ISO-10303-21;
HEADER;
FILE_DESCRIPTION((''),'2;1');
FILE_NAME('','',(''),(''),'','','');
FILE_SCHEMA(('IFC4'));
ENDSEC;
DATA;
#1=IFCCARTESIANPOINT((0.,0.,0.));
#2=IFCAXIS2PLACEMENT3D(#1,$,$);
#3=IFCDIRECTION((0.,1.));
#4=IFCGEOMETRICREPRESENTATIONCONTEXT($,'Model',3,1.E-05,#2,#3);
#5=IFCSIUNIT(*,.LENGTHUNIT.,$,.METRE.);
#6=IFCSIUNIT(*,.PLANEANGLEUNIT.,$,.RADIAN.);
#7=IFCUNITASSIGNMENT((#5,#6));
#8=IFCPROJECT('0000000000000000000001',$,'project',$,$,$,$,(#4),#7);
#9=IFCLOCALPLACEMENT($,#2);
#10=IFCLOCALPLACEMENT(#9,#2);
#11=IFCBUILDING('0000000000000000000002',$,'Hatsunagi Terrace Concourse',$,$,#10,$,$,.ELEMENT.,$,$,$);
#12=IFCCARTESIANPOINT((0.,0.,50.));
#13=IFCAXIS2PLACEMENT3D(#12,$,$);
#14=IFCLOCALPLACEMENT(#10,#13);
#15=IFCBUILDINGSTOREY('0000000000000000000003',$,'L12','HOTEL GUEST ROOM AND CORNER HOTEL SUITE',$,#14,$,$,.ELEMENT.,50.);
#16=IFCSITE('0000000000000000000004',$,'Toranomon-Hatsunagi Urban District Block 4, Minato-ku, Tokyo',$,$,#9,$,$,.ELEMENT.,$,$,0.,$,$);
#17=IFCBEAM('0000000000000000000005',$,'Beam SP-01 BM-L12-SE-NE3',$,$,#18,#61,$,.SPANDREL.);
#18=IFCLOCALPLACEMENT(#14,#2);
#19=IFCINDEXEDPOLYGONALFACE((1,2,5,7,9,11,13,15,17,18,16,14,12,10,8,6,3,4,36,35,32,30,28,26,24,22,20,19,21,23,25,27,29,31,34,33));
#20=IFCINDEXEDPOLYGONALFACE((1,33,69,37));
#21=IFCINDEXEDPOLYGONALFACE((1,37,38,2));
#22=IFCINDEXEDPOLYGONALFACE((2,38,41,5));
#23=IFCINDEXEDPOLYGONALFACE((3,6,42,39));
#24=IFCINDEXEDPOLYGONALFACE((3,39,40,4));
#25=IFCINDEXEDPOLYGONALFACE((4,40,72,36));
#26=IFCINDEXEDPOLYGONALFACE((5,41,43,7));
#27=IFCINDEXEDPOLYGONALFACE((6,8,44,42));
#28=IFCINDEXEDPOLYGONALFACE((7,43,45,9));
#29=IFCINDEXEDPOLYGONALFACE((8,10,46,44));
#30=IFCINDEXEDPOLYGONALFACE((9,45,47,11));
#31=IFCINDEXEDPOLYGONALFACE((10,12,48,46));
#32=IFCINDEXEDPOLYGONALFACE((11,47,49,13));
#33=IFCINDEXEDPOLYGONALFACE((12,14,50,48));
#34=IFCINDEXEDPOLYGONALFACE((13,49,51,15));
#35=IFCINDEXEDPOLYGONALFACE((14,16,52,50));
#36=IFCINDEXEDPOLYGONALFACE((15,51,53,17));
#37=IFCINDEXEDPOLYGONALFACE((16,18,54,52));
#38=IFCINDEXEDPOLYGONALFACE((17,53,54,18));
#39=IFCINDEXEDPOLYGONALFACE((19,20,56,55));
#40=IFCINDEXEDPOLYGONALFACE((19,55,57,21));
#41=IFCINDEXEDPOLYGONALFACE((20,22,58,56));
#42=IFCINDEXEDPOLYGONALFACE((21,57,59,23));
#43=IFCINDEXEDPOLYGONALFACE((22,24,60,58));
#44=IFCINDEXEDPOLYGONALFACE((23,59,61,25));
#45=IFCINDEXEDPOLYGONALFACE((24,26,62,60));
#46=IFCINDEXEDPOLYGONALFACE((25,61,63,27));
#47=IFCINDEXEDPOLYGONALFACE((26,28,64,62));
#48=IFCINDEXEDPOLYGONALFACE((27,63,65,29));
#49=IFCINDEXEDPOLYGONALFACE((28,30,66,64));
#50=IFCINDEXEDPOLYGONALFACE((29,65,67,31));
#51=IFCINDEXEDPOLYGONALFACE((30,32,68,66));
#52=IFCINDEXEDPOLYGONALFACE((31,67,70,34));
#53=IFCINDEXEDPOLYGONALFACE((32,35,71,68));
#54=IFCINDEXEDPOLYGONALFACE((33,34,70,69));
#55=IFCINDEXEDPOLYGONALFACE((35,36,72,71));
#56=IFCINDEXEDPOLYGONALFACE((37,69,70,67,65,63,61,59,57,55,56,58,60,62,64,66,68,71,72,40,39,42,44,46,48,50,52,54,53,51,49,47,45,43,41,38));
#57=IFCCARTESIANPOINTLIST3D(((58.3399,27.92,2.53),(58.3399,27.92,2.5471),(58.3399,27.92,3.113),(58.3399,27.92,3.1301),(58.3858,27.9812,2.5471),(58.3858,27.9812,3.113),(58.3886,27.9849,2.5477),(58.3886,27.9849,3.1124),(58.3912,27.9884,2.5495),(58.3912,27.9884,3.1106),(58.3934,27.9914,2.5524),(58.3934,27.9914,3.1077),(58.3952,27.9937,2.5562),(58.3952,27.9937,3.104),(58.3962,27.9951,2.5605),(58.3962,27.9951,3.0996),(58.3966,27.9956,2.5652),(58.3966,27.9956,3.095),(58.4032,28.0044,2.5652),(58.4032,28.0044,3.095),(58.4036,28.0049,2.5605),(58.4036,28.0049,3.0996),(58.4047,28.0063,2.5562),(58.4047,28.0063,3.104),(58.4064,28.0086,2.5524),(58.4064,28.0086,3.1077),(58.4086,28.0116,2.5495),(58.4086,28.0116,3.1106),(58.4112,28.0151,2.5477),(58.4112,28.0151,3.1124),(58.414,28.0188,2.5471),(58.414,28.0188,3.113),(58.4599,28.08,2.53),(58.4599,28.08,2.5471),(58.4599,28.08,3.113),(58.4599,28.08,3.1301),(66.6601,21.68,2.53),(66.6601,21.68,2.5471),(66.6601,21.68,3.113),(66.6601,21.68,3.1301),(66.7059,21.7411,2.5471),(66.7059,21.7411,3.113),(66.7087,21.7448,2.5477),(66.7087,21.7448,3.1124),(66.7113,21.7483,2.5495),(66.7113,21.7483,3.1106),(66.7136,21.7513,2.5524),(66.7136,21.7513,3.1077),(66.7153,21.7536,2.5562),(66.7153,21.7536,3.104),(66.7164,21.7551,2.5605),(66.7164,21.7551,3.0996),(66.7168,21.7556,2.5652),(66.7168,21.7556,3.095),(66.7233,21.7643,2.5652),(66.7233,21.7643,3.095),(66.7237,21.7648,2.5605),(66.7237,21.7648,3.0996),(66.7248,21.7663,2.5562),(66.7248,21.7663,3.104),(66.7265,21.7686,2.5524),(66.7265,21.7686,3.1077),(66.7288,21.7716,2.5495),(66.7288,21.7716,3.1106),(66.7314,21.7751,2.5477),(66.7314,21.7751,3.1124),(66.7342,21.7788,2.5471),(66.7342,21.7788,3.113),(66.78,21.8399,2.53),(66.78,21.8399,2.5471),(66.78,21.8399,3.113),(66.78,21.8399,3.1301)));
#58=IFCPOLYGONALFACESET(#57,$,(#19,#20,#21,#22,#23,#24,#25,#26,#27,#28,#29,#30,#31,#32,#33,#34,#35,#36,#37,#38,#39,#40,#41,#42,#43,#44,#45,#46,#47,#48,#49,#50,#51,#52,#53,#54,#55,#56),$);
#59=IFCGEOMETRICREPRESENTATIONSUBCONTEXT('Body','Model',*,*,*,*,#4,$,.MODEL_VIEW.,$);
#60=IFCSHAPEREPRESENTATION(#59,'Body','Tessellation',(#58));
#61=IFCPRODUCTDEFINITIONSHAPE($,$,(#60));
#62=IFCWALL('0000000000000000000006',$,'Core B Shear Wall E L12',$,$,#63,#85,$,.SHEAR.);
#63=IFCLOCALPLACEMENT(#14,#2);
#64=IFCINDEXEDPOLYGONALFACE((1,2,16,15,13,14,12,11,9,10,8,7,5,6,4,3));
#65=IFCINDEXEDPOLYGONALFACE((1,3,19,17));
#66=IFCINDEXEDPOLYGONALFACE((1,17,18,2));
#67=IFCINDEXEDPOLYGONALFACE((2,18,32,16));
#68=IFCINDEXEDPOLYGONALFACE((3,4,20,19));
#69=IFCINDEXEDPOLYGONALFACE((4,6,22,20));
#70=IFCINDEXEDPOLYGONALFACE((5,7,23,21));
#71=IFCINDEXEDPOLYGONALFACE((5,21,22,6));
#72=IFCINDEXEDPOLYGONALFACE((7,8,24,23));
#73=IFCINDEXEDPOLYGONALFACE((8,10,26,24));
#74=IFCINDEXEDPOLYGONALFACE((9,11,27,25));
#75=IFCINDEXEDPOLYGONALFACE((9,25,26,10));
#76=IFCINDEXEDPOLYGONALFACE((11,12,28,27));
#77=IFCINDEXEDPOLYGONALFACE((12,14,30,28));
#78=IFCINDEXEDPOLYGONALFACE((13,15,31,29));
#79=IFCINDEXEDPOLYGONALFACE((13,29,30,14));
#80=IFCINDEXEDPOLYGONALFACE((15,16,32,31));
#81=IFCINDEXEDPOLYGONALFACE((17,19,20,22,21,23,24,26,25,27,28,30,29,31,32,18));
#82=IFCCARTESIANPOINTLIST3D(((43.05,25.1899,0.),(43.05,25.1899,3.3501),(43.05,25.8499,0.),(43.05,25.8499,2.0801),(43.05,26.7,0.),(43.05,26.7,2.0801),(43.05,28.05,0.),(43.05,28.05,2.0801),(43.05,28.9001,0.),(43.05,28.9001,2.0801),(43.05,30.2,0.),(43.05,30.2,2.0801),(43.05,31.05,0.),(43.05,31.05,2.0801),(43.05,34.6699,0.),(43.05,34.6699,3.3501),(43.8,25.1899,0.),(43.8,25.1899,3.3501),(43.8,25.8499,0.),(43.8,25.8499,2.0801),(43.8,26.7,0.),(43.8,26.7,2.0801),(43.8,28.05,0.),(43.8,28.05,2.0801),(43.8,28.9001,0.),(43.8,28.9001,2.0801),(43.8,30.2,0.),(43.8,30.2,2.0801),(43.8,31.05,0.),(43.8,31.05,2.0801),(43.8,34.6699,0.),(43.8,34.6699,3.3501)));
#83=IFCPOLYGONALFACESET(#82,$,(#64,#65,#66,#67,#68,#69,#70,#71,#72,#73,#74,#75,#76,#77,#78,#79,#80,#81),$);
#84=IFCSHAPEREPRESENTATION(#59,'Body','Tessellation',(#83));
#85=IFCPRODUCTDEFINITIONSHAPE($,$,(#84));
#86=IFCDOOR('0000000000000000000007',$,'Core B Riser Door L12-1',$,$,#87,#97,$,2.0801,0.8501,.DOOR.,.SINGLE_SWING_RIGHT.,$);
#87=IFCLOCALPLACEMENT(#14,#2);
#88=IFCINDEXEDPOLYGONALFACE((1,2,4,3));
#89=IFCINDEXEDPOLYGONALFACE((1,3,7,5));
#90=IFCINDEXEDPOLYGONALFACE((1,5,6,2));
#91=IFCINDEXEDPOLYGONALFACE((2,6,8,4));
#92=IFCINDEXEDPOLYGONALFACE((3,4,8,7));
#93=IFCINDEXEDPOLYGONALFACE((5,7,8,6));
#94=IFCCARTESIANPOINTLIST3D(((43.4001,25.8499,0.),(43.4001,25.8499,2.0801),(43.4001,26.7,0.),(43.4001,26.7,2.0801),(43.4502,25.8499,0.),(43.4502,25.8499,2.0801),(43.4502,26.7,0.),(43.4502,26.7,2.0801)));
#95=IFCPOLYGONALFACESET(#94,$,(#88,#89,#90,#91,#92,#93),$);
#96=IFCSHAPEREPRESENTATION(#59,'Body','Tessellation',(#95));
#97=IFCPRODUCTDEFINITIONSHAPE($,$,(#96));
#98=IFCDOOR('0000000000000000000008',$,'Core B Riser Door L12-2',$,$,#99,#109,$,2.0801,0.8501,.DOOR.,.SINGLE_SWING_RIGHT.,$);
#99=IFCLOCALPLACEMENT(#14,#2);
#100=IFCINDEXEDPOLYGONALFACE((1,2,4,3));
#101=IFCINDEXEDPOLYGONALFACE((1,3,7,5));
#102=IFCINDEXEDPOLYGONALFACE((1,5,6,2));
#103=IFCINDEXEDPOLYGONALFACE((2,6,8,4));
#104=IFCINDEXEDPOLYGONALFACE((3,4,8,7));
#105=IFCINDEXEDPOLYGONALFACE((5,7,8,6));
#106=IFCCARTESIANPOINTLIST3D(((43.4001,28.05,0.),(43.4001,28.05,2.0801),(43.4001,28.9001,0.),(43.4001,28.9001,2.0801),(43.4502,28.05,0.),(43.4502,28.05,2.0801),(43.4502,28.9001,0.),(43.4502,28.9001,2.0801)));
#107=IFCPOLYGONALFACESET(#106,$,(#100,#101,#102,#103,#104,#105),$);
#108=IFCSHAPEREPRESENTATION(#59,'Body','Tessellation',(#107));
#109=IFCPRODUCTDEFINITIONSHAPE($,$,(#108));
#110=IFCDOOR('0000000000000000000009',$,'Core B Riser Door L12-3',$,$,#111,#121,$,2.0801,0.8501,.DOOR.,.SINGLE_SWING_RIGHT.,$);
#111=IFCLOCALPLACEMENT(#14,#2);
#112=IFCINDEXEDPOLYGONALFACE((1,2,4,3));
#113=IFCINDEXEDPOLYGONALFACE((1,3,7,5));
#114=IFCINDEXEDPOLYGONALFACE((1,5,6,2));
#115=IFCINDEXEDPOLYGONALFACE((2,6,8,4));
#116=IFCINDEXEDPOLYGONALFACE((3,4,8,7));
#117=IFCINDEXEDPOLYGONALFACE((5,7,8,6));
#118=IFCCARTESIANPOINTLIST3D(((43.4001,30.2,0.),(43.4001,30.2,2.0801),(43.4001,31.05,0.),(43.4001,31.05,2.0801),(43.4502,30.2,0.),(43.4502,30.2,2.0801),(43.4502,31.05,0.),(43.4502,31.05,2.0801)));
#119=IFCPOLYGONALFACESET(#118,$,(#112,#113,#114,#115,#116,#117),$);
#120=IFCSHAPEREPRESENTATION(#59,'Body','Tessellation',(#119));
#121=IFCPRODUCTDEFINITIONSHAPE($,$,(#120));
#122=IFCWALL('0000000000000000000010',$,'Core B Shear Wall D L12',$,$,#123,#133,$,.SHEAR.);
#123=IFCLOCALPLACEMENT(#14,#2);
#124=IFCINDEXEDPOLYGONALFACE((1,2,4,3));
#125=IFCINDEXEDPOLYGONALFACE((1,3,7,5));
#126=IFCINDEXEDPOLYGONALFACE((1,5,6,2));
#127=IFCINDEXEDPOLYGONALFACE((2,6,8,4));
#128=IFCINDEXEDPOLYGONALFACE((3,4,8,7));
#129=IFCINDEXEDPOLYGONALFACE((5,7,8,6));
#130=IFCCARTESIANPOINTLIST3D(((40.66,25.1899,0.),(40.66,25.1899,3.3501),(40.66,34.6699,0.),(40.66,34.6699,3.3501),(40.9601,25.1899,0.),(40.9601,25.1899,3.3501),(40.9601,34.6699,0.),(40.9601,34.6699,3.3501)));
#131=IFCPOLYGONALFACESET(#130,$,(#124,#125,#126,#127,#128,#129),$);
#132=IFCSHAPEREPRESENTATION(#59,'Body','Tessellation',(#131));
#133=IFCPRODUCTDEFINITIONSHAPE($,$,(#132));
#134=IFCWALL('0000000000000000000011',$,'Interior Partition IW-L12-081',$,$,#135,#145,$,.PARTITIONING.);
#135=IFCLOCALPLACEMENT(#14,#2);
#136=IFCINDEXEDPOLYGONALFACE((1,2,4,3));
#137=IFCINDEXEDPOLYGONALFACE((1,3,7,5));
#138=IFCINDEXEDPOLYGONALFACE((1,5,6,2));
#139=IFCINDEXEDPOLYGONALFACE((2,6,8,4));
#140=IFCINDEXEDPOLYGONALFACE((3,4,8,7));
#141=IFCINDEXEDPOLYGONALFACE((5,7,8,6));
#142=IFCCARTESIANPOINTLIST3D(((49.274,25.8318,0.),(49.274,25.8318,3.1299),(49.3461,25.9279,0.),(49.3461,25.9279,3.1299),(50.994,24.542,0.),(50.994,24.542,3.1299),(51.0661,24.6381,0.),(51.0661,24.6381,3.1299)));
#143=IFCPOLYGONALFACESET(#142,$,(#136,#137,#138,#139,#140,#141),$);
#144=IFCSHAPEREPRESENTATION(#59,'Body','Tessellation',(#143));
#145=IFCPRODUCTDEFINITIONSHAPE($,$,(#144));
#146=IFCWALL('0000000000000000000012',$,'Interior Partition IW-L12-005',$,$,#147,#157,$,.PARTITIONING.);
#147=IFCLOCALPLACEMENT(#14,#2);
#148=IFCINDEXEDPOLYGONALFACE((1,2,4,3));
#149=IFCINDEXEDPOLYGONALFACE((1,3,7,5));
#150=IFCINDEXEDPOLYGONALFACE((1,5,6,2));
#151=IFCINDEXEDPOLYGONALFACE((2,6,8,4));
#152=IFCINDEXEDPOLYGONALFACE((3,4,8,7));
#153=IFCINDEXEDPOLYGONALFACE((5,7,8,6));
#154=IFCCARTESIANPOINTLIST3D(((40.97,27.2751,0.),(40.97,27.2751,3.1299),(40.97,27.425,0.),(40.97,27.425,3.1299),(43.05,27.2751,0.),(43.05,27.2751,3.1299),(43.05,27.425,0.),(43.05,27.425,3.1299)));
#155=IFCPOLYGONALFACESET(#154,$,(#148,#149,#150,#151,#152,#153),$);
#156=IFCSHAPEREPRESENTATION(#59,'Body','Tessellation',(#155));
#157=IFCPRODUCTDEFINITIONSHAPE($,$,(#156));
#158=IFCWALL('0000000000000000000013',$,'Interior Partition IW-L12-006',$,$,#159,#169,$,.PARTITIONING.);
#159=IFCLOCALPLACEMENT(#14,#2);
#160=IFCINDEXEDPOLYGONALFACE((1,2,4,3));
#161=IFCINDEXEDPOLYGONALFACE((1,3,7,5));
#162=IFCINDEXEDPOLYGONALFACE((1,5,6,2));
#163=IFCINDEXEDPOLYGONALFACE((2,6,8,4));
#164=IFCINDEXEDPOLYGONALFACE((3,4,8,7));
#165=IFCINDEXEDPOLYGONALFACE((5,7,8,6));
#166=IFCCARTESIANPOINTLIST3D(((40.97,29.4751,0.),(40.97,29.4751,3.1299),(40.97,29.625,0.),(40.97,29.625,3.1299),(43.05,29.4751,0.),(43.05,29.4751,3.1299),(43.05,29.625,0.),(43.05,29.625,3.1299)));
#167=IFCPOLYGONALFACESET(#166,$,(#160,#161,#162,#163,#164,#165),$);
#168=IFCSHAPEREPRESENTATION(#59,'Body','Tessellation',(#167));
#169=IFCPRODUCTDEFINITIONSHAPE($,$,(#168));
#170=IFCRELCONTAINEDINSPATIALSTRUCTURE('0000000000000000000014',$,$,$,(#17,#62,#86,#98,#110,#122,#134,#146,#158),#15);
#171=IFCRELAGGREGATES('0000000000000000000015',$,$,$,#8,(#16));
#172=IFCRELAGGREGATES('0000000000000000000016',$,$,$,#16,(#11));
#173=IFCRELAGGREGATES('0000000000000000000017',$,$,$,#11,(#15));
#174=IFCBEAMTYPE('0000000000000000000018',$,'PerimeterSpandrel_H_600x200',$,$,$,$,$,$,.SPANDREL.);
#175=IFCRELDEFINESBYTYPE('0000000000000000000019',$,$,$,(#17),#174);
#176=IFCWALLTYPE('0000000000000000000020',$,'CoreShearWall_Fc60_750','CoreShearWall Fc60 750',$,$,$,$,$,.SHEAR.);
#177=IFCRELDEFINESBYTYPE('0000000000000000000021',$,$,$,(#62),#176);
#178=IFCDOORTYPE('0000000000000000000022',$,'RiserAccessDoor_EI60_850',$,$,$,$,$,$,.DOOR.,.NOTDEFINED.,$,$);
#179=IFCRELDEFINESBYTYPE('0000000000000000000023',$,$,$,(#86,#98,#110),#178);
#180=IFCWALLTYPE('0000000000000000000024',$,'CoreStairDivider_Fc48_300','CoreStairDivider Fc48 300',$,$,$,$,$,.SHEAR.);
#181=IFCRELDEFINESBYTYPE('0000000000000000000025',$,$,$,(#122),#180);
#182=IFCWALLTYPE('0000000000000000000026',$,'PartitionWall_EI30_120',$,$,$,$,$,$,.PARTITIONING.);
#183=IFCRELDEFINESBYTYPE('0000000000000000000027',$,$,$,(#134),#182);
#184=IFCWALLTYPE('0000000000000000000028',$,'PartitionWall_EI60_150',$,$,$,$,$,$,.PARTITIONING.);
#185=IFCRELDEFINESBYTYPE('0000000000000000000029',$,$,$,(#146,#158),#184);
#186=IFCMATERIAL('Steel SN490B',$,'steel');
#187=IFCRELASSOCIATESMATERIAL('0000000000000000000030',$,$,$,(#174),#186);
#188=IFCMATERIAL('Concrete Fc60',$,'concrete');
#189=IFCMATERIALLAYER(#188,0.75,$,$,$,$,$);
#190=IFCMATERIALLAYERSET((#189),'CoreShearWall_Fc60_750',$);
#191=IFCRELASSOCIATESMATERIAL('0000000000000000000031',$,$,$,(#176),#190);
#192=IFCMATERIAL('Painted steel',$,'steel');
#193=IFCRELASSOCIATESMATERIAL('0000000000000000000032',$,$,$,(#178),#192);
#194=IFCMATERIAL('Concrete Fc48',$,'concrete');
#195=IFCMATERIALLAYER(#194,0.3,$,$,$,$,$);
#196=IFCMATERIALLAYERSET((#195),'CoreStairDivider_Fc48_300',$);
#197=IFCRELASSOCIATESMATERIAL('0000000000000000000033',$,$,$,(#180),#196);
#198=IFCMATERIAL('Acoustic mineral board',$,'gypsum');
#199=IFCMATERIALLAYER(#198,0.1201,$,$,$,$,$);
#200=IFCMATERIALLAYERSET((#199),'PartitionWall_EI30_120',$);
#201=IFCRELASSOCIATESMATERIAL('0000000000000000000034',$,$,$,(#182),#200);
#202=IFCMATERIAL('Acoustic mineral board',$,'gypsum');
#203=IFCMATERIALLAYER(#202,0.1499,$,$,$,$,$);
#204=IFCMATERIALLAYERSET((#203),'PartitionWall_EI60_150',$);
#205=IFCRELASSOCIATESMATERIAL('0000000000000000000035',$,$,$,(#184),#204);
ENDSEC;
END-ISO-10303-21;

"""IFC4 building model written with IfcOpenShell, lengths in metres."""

from ifc_helpers import new_model, si_unit, direction, frame, frame_2d, origin, origin_2d, place, context, subcontext, project, spatial, rectangle, i_section, extrude, material, layer, layer_set, material_profile, profile_set, type_object, element, fill, save


model = new_model("IFC4")

# Units and contexts
model_context = context("Model", 3, precision=1e-05, world=origin(), true_north=direction((0.0, 1.0)))
body_context = subcontext(model_context, "Body", "Model", "MODEL_VIEW")
ifc_project = project(units=[si_unit("LENGTHUNIT", "METRE"), si_unit("PLANEANGLEUNIT", "RADIAN")], contexts=[model_context])

# Site, building, storey
site_placement = place(None, origin())
site = spatial("IfcSite", under=ifc_project, at=site_placement, Name="Toranomon-Hatsunagi Urban District Block 4, Minato-ku, Tokyo", CompositionType="ELEMENT", RefElevation=0.0)
building_placement = place(site_placement, origin())
building = spatial("IfcBuilding", under=site, at=building_placement, Name="Hatsunagi Terrace Concourse", CompositionType="ELEMENT")
storey_placement = place(building_placement, frame((0.0, 0.0, 50.0)))
storey = spatial("IfcBuildingStorey", under=building, at=storey_placement, Name="L12", Description="HOTEL GUEST ROOM AND CORNER HOTEL SUITE", CompositionType="ELEMENT", Elevation=50.0)

# Beam
ifc_material_1 = material(Name="Steel SN490B", Category="steel")
ifc_material_profile_1 = material_profile(ifc_material_1, i_section(OverallWidth=0.2, OverallDepth=0.6001, WebThickness=0.011, FlangeThickness=0.0171, FilletRadius=0.0181, at=origin_2d()), Name="H-600x200x11x17")
ifc_profile_set_1 = profile_set([ifc_material_profile_1], Name="Steel SN490B")
beam_type_1 = type_object("IfcBeamType", Name="PerimeterSpandrel_H_600x200", PredefinedType="SPANDREL", material=ifc_profile_set_1)
beam_1_placement = place(storey_placement, frame((58.3999, 28.0, 2.8301), z_axis=(0.800003, -0.599996, 0.0), x_axis=(0.599996, 0.800003, 0.0)))
element("IfcBeam", 1, at=beam_1_placement, inside=storey, type_object=beam_type_1, Name="Beam SP-01 BM-L12-SE-NE3", PredefinedType="SPANDREL", context=body_context, shape_type="SweptSolid", body=[
    extrude(i_section(OverallWidth=0.2, OverallDepth=0.6001, WebThickness=0.011, FlangeThickness=0.0171, FilletRadius=0.0181, at=origin_2d()), origin(), (0.0, 0.0, 1.0), 10.4001),
])

# Wall, openings, doors
ifc_material_2 = material(Name="Concrete Fc60", Category="concrete")
ifc_layer_1 = layer(ifc_material_2, 0.75)
ifc_layer_set_1 = layer_set([ifc_layer_1], Name="CoreShearWall_Fc60_750")
wall_type_1 = type_object("IfcWallType", Name="CoreShearWall_Fc60_750", Description="CoreShearWall Fc60 750", PredefinedType="SHEAR", material=ifc_layer_set_1)
wall_1_placement = place(storey_placement, frame((43.425, 25.1899, 0.0), z_axis=(0.0, 0.0, 1.0), x_axis=(0.0, 1.0, 0.0)))
wall_1 = element("IfcWall", 2, at=wall_1_placement, inside=storey, type_object=wall_type_1, Name="Core B Shear Wall E L12", PredefinedType="SHEAR", context=body_context, shape_type="SweptSolid", body=[
    extrude(rectangle(XDim=9.48, YDim=0.75, at=frame_2d((4.74, 0.0))), origin(), (0.0, 0.0, 1.0), 3.3501),
])
opening_1_placement = place(wall_1_placement, frame((0.6599, 0.0, 0.0)))
opening_1 = element("IfcOpeningElement", 3, at=opening_1_placement, cuts=wall_1, PredefinedType="OPENING", context=body_context, shape_type="SweptSolid", body=[
    extrude(rectangle(XDim=0.8501, YDim=2.0801, at=frame_2d((0.425, 1.04))), frame((0.0, 0.385, 0.0), z_axis=(0.0, -1.0, 0.0), x_axis=(1.0, 0.0, 0.0)), (0.0, 0.0, 1.0), 0.77),
])
opening_2_placement = place(wall_1_placement, frame((2.8601, 0.0, 0.0)))
opening_2 = element("IfcOpeningElement", 4, at=opening_2_placement, cuts=wall_1, PredefinedType="OPENING", context=body_context, shape_type="SweptSolid", body=[
    extrude(rectangle(XDim=0.8501, YDim=2.0801, at=frame_2d((0.425, 1.04))), frame((0.0, 0.385, 0.0), z_axis=(0.0, -1.0, 0.0), x_axis=(1.0, 0.0, 0.0)), (0.0, 0.0, 1.0), 0.77),
])
opening_3_placement = place(wall_1_placement, frame((5.01, 0.0, 0.0)))
opening_3 = element("IfcOpeningElement", 5, at=opening_3_placement, cuts=wall_1, PredefinedType="OPENING", context=body_context, shape_type="SweptSolid", body=[
    extrude(rectangle(XDim=0.8501, YDim=2.0801, at=frame_2d((0.425, 1.04))), frame((0.0, 0.385, 0.0), z_axis=(0.0, -1.0, 0.0), x_axis=(1.0, 0.0, 0.0)), (0.0, 0.0, 1.0), 0.77),
])
ifc_material_3 = material(Name="Painted steel", Category="steel")
door_type_1 = type_object("IfcDoorType", Name="RiserAccessDoor_EI60_850", OperationType="NOTDEFINED", PredefinedType="DOOR", material=ifc_material_3)
door_1_placement = place(opening_1_placement, origin())
door_1 = element("IfcDoor", 6, at=door_1_placement, inside=storey, type_object=door_type_1, Name="Core B Riser Door L12-1", OperationType="SINGLE_SWING_RIGHT", OverallHeight=2.0801, OverallWidth=0.8501, PredefinedType="DOOR", context=body_context, shape_type="SweptSolid", body=[
    extrude(rectangle(XDim=0.8501, YDim=2.0801, at=frame_2d((0.425, 1.04))), frame((0.0, 0.0249, 0.0), z_axis=(0.0, -1.0, 0.0), x_axis=(1.0, 0.0, 0.0)), (0.0, 0.0, 1.0), 0.05),
])
fill(opening_1, door_1)
door_2_placement = place(opening_2_placement, origin())
door_2 = element("IfcDoor", 7, at=door_2_placement, inside=storey, type_object=door_type_1, Name="Core B Riser Door L12-2", OperationType="SINGLE_SWING_RIGHT", OverallHeight=2.0801, OverallWidth=0.8501, PredefinedType="DOOR", context=body_context, shape_type="SweptSolid", body=[
    extrude(rectangle(XDim=0.8501, YDim=2.0801, at=frame_2d((0.425, 1.04))), frame((0.0, 0.0249, 0.0), z_axis=(0.0, -1.0, 0.0), x_axis=(1.0, 0.0, 0.0)), (0.0, 0.0, 1.0), 0.05),
])
fill(opening_2, door_2)
door_3_placement = place(opening_3_placement, origin())
door_3 = element("IfcDoor", 8, at=door_3_placement, inside=storey, type_object=door_type_1, Name="Core B Riser Door L12-3", OperationType="SINGLE_SWING_RIGHT", OverallHeight=2.0801, OverallWidth=0.8501, PredefinedType="DOOR", context=body_context, shape_type="SweptSolid", body=[
    extrude(rectangle(XDim=0.8501, YDim=2.0801, at=frame_2d((0.425, 1.04))), frame((0.0, 0.0249, 0.0), z_axis=(0.0, -1.0, 0.0), x_axis=(1.0, 0.0, 0.0)), (0.0, 0.0, 1.0), 0.05),
])
fill(opening_3, door_3)

# Walls
ifc_material_4 = material(Name="Concrete Fc48", Category="concrete")
ifc_layer_2 = layer(ifc_material_4, 0.3)
ifc_layer_set_2 = layer_set([ifc_layer_2], Name="CoreStairDivider_Fc48_300")
wall_type_2 = type_object("IfcWallType", Name="CoreStairDivider_Fc48_300", Description="CoreStairDivider Fc48 300", PredefinedType="SHEAR", material=ifc_layer_set_2)
wall_2_placement = place(storey_placement, frame((40.8101, 25.1899, 0.0), z_axis=(0.0, 0.0, 1.0), x_axis=(0.0, 1.0, 0.0)))
element("IfcWall", 9, at=wall_2_placement, inside=storey, type_object=wall_type_2, Name="Core B Shear Wall D L12", PredefinedType="SHEAR", context=body_context, shape_type="SweptSolid", body=[
    extrude(rectangle(XDim=9.48, YDim=0.3, at=frame_2d((4.74, 0.0))), origin(), (0.0, 0.0, 1.0), 3.3501),
])
ifc_material_5 = material(Name="Acoustic mineral board", Category="gypsum")
ifc_layer_3 = layer(ifc_material_5, 0.1201)
ifc_layer_set_3 = layer_set([ifc_layer_3], Name="PartitionWall_EI30_120")
wall_type_3 = type_object("IfcWallType", Name="PartitionWall_EI30_120", PredefinedType="PARTITIONING", material=ifc_layer_set_3)
wall_3_placement = place(storey_placement, frame((49.3101, 25.8799, 0.0), z_axis=(0.0, 0.0, 1.0), x_axis=(0.800041, -0.599945, 0.0)))
element("IfcWall", 10, at=wall_3_placement, inside=storey, type_object=wall_type_3, Name="Interior Partition IW-L12-081", PredefinedType="PARTITIONING", context=body_context, shape_type="SweptSolid", body=[
    extrude(rectangle(XDim=2.1499, YDim=0.1201, at=frame_2d((1.075, 0.0))), origin(), (0.0, 0.0, 1.0), 3.1299),
])
ifc_material_6 = material(Name="Acoustic mineral board", Category="gypsum")
ifc_layer_4 = layer(ifc_material_6, 0.1499)
ifc_layer_set_4 = layer_set([ifc_layer_4], Name="PartitionWall_EI60_150")
wall_type_4 = type_object("IfcWallType", Name="PartitionWall_EI60_150", PredefinedType="PARTITIONING", material=ifc_layer_set_4)
for number, where, z_axis, x_axis, name in (
    (11, (40.97, 27.3501, 0.0), (0.0, 0.0, 1.0), (1.0, 0.0, 0.0), "Interior Partition IW-L12-005"),
    (12, (40.97, 29.55, 0.0), (0.0, 0.0, 1.0), (1.0, 0.0, 0.0), "Interior Partition IW-L12-006"),
):
    element("IfcWall", number, at=place(storey_placement, frame(where, z_axis=z_axis, x_axis=x_axis)), inside=storey, type_object=wall_type_4, Name=name, PredefinedType="PARTITIONING", context=body_context, shape_type="SweptSolid", body=[
        extrude(rectangle(XDim=2.0801, YDim=0.1499, at=frame_2d((1.04, 0.0))), origin(), (0.0, 0.0, 1.0), 3.1299),
    ])

save(model, "model.ifc")
